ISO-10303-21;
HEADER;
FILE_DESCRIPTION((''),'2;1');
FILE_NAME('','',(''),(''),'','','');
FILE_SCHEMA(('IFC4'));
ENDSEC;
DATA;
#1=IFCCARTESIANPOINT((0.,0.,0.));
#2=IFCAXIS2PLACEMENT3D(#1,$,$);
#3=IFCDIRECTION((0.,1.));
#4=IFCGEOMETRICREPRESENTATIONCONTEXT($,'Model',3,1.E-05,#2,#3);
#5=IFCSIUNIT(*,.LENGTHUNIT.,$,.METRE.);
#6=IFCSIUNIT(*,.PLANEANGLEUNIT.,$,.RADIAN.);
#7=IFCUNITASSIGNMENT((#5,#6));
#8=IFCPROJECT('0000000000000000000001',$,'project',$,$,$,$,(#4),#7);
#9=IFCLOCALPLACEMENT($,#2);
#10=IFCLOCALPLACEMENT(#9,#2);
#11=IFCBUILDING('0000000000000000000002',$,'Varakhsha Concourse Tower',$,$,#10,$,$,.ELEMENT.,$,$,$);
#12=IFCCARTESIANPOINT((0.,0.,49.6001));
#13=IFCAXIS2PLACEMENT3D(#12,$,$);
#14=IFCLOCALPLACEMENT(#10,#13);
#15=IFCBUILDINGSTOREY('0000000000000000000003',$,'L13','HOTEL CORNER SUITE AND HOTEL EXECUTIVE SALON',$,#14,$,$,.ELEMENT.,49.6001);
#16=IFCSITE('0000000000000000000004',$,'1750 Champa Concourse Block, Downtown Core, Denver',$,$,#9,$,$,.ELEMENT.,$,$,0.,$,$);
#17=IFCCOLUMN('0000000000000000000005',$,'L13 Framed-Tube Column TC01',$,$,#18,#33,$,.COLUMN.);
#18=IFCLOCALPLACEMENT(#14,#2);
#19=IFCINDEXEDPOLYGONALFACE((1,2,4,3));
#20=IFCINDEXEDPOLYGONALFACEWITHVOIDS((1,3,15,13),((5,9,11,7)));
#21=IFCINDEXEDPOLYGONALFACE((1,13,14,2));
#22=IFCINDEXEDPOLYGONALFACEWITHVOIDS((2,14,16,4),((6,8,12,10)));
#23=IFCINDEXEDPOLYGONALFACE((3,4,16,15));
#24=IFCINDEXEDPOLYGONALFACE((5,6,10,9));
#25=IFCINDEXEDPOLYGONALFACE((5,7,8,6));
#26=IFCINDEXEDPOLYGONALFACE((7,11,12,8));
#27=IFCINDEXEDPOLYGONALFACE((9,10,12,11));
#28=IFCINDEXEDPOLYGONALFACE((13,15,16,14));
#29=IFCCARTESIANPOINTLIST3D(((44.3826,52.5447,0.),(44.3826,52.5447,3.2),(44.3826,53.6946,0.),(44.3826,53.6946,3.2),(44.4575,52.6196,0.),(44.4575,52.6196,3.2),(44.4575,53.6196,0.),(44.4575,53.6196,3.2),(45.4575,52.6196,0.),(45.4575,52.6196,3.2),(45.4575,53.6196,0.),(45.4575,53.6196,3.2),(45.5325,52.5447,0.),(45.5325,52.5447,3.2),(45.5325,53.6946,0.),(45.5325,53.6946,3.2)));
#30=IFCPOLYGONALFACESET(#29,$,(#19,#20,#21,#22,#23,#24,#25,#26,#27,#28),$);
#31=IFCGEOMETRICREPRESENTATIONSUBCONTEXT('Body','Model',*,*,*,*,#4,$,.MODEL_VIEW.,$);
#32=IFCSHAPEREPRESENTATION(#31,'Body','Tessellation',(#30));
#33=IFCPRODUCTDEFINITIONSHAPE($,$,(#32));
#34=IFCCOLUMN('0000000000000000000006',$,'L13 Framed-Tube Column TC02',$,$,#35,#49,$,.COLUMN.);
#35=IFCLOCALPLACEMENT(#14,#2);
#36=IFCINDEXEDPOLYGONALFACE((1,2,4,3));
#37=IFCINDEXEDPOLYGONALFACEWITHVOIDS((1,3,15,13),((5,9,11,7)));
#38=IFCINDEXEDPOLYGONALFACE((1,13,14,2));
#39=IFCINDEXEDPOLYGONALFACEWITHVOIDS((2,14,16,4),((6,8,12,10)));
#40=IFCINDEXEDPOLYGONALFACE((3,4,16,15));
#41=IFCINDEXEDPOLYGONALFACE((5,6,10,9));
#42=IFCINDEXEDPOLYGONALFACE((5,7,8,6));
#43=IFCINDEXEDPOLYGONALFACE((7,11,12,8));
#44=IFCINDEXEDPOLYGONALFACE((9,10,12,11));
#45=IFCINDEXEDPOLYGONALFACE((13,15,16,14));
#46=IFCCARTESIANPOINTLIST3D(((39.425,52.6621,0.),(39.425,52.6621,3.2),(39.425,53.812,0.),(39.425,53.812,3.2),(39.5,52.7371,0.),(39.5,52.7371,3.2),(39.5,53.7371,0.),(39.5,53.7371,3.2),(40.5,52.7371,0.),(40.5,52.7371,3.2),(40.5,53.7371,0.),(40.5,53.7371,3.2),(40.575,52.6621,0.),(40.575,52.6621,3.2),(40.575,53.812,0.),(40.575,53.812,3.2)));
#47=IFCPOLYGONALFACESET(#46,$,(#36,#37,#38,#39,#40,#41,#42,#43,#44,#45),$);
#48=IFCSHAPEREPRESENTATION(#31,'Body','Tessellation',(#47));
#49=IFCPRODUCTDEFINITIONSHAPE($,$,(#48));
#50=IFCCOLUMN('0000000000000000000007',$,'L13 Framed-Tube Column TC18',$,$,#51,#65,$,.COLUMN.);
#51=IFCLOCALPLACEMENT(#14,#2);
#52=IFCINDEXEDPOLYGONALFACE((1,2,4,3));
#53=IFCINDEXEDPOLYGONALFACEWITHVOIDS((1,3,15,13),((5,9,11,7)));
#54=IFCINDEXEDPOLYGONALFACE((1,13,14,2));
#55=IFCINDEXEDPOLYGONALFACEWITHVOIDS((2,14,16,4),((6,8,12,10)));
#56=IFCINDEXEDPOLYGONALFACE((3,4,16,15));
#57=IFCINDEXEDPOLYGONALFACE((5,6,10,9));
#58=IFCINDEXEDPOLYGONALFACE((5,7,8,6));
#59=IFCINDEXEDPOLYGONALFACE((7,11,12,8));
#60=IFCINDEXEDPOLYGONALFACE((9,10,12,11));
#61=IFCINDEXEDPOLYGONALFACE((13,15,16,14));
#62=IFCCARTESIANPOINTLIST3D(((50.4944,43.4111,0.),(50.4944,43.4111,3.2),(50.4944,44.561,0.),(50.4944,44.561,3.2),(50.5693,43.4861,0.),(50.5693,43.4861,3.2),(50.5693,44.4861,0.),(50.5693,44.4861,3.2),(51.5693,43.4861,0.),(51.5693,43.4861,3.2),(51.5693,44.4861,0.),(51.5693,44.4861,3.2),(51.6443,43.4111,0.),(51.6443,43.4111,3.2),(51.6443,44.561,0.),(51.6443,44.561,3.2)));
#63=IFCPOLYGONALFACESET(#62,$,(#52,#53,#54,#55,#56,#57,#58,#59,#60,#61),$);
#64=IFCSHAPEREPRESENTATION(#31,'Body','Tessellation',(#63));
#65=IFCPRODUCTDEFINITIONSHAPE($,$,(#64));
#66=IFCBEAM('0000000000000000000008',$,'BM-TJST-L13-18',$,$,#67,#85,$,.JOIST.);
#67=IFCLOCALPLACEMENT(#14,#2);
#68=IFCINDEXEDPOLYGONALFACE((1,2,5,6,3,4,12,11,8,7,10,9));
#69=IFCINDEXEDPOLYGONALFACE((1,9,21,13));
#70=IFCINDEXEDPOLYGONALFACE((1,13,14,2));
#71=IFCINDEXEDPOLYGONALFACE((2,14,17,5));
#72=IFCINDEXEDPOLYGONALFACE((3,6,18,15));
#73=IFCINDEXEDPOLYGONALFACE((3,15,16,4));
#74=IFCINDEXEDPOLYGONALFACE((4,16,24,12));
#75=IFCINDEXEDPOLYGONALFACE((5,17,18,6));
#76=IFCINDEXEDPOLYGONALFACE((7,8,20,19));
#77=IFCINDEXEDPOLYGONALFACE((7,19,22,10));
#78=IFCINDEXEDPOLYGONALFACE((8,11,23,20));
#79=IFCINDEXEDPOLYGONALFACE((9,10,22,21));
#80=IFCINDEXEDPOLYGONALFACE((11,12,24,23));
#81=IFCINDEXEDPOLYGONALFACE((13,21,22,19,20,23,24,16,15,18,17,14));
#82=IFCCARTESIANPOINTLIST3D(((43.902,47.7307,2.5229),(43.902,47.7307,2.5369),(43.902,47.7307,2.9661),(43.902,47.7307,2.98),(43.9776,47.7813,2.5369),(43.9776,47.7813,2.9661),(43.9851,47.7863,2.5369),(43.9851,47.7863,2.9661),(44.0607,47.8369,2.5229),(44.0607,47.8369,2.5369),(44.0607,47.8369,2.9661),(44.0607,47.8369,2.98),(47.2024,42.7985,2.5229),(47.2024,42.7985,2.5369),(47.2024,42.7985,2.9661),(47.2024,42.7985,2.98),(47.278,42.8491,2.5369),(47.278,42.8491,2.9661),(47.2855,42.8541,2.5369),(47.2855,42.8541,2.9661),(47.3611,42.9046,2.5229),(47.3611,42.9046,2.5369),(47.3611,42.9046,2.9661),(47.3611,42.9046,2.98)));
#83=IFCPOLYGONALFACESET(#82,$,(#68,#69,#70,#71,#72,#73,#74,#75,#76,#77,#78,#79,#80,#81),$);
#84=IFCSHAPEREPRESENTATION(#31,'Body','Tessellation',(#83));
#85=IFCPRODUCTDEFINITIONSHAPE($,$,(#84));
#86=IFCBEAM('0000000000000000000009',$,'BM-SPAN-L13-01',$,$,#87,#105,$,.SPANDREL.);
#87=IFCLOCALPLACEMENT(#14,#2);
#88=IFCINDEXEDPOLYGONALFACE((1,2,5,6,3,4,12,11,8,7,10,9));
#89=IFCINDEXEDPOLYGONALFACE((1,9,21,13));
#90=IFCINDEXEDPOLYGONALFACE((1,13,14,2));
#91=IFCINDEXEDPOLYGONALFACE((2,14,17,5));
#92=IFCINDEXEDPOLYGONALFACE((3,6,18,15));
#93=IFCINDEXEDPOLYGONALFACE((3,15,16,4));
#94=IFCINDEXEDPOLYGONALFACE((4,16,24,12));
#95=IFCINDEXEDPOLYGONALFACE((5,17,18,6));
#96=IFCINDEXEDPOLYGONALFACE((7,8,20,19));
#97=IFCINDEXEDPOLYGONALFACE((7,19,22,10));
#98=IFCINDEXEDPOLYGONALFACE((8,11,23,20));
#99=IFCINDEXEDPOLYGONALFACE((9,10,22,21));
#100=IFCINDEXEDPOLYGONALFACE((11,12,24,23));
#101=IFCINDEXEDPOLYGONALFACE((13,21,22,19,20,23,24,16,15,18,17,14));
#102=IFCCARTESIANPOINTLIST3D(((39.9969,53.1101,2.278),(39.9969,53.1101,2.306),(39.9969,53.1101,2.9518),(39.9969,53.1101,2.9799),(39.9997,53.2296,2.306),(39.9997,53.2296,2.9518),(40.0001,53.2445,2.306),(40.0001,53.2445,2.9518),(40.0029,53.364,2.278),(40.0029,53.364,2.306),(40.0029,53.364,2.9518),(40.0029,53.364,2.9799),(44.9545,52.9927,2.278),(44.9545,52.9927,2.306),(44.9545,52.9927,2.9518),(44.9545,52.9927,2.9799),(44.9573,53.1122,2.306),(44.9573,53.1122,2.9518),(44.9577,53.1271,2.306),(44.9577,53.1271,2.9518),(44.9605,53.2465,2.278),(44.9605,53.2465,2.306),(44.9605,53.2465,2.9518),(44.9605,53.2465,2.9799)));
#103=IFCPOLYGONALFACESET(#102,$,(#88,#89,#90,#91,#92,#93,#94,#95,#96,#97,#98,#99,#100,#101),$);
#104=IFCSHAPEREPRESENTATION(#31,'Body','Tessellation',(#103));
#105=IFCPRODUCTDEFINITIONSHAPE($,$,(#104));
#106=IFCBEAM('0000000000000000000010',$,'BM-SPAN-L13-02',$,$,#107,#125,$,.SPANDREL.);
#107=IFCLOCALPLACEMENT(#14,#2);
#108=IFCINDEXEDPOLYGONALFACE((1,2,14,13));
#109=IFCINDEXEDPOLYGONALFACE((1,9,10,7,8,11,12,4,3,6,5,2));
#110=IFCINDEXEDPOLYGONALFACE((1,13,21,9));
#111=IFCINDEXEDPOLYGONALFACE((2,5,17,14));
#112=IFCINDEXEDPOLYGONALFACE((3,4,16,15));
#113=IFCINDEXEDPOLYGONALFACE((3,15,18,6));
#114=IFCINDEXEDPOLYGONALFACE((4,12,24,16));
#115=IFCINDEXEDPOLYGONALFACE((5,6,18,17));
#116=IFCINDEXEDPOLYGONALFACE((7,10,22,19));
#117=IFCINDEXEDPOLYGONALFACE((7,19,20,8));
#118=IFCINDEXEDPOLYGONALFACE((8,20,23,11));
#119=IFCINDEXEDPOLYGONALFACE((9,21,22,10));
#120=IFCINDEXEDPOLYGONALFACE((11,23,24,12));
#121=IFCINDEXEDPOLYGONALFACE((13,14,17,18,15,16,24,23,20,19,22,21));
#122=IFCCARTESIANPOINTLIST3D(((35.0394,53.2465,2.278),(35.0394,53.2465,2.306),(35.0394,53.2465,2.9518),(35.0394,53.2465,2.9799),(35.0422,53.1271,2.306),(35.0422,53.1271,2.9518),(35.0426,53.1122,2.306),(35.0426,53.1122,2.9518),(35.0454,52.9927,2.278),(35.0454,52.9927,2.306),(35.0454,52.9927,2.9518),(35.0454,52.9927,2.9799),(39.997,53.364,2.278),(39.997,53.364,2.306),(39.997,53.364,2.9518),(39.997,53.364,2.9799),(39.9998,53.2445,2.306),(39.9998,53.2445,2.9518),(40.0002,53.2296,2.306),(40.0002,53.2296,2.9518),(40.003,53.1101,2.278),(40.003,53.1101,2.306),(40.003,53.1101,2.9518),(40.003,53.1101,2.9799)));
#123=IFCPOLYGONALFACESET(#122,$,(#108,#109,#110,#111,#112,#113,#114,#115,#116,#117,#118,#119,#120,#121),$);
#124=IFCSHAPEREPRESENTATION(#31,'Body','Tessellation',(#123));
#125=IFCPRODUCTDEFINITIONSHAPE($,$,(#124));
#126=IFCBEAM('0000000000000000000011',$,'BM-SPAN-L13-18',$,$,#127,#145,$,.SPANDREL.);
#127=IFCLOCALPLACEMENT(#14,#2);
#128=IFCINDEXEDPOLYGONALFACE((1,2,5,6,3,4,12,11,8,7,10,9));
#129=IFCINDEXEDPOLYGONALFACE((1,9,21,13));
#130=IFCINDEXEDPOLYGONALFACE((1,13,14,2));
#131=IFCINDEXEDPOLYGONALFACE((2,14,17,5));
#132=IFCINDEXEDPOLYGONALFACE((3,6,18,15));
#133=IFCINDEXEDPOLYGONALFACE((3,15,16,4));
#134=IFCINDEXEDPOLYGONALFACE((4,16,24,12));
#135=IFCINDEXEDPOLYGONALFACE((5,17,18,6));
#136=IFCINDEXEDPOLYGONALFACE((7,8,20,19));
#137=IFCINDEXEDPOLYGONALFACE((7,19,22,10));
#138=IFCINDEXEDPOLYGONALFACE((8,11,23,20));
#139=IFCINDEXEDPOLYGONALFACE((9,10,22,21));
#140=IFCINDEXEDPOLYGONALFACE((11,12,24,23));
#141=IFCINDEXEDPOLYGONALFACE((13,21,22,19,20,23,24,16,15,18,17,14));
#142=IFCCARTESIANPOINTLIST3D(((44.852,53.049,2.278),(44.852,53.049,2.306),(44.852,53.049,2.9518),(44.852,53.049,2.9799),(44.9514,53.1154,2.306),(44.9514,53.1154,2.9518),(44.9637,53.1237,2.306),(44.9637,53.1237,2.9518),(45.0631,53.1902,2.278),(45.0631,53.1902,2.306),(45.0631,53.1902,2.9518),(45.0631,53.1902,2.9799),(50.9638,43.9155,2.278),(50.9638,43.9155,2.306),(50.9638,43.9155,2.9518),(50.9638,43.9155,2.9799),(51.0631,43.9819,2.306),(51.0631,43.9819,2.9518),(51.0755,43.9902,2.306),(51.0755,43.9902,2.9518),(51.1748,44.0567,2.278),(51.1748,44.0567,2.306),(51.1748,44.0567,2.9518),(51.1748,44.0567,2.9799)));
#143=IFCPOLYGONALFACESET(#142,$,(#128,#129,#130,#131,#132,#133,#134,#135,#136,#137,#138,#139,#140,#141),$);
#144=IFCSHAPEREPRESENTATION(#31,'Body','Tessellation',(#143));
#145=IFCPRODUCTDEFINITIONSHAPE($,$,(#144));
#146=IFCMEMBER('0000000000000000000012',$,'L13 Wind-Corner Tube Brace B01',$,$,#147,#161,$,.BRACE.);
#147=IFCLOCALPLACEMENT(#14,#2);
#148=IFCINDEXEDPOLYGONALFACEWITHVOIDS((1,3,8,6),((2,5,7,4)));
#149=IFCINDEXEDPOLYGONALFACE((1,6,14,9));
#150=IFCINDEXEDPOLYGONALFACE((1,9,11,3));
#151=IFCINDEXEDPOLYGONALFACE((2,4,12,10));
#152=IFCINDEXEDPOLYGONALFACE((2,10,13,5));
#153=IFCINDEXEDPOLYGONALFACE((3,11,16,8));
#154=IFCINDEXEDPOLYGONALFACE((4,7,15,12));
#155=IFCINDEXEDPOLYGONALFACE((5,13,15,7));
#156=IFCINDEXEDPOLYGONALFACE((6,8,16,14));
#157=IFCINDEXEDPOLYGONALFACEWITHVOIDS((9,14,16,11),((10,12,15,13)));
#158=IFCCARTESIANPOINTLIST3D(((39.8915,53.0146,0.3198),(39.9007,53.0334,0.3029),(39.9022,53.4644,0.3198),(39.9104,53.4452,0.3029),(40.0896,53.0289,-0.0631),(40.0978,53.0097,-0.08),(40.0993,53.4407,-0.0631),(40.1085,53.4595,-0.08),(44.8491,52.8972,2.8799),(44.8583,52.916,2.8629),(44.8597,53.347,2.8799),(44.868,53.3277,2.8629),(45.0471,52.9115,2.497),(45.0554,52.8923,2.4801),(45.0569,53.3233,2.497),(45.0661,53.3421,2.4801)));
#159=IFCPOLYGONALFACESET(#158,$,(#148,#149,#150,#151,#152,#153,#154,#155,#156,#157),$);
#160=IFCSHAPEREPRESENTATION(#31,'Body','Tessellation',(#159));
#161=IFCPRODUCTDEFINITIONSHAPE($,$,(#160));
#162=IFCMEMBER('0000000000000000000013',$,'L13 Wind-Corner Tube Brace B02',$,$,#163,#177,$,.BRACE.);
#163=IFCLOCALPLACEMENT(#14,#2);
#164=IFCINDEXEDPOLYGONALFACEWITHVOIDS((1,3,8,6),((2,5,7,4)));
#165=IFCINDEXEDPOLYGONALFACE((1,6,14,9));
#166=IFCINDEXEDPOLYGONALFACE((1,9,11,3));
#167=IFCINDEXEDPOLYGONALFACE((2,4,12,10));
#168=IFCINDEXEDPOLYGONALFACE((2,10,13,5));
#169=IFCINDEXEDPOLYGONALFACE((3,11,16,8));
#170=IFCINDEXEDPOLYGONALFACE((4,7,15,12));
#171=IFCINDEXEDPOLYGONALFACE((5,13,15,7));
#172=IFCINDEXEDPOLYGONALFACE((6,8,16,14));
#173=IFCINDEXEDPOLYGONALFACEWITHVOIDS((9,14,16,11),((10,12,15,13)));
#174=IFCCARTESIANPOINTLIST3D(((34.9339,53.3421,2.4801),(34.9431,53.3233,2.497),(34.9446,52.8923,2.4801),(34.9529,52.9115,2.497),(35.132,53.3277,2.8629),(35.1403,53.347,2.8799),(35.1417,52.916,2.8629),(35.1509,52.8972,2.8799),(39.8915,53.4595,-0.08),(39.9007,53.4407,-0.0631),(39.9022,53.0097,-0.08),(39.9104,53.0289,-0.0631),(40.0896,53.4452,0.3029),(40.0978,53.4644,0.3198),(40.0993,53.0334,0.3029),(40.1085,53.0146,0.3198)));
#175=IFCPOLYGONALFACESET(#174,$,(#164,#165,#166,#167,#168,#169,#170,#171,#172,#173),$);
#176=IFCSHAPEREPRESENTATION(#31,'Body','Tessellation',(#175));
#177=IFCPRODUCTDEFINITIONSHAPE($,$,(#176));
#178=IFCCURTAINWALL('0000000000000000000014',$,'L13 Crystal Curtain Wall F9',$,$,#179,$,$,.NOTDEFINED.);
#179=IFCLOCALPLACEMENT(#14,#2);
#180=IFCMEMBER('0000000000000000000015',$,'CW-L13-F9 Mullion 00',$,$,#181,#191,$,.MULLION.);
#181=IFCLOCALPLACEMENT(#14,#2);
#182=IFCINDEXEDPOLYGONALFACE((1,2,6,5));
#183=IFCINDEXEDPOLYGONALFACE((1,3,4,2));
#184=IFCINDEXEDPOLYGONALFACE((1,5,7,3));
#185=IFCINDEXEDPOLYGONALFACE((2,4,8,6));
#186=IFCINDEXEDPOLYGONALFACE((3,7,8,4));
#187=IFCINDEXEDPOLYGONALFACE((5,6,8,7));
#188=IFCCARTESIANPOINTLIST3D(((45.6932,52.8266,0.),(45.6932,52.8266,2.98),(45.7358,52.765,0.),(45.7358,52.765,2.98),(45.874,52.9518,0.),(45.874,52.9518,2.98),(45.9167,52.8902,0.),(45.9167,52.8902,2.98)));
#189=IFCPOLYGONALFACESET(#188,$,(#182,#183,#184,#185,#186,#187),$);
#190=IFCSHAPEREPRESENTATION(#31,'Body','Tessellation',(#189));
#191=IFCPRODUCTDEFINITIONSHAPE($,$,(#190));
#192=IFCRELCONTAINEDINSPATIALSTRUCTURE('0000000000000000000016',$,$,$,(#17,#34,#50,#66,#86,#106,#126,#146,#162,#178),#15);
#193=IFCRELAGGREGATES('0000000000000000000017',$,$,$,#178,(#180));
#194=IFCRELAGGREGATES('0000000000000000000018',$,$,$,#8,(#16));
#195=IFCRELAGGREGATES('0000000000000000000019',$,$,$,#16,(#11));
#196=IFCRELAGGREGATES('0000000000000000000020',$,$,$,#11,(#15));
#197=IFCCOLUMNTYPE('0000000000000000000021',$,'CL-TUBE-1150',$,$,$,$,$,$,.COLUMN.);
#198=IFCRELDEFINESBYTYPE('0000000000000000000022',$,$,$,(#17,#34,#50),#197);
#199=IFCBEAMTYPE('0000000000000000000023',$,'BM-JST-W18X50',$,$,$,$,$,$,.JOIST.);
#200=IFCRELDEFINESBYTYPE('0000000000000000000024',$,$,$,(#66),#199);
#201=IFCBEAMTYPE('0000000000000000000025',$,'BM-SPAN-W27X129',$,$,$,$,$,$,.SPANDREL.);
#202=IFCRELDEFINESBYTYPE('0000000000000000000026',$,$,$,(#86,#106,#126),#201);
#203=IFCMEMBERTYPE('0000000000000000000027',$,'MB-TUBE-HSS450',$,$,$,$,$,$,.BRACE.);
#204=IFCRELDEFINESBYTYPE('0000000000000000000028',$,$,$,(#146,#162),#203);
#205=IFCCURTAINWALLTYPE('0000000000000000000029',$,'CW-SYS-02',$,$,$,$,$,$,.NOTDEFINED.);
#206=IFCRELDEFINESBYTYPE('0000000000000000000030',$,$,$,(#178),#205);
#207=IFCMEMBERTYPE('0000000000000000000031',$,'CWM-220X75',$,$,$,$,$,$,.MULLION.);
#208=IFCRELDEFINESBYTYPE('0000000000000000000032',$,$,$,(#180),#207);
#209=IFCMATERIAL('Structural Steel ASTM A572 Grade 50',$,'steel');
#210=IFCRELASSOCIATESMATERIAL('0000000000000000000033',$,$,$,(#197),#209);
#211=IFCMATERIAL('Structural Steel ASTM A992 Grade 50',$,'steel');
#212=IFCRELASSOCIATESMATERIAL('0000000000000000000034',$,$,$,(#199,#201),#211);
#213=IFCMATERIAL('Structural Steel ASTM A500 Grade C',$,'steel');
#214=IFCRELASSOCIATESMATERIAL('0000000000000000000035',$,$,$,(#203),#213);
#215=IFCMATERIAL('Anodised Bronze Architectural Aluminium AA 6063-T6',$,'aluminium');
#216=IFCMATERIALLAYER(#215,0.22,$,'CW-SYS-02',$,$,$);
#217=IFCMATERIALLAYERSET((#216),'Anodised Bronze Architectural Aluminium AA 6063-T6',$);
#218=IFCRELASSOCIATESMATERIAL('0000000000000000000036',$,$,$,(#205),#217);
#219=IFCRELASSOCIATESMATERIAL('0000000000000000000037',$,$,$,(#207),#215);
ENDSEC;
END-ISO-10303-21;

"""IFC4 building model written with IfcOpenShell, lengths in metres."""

from ifc_helpers import new_model, si_unit, direction, frame, origin, origin_2d, place, context, subcontext, project, spatial, rectangle, hollow_rectangle, i_section, extrude, source, transform, mapped, material, layer, layer_set, material_profile, profile_set, type_object, type_shapes, element, aggregate, save


model = new_model("IFC4")

# Units and contexts
model_context = context("Model", 3, precision=1e-05, world=origin(), true_north=direction((0.0, 1.0)))
body_context = subcontext(model_context, "Body", "Model", "MODEL_VIEW")
ifc_project = project(units=[si_unit("LENGTHUNIT", "METRE"), si_unit("PLANEANGLEUNIT", "RADIAN")], contexts=[model_context])

# Site, building, storey
site_placement = place(None, origin())
site = spatial("IfcSite", under=ifc_project, at=site_placement, Name="1750 Champa Concourse Block, Downtown Core, Denver", CompositionType="ELEMENT", RefElevation=0.0)
building_placement = place(site_placement, origin())
building = spatial("IfcBuilding", under=site, at=building_placement, Name="Varakhsha Concourse Tower", CompositionType="ELEMENT")
storey_placement = place(building_placement, frame((0.0, 0.0, 49.6001)))
storey = spatial("IfcBuildingStorey", under=building, at=storey_placement, Name="L13", Description="HOTEL CORNER SUITE AND HOTEL EXECUTIVE SALON", CompositionType="ELEMENT", Elevation=49.6001)

# Columns
ifc_material_1 = material(Name="Structural Steel ASTM A572 Grade 50", Category="steel")
ifc_material_profile_1 = material_profile(ifc_material_1, hollow_rectangle(XDim=1.1499, YDim=1.1499, WallThickness=0.075, at=origin_2d()), Name="BOX 1150x1150x75")
ifc_profile_set_1 = profile_set([ifc_material_profile_1], Name="Structural Steel ASTM A572 Grade 50")
column_type = type_object("IfcColumnType", Name="CL-TUBE-1150", PredefinedType="COLUMN", material=ifc_profile_set_1)
for number, where, z_axis, x_axis, name in (
    (1, (44.9575, 53.1196, 0.0), (0.0, 0.0, 1.0), (1.0, 0.0, 0.0), "L13 Framed-Tube Column TC01"),
    (2, (40.0, 53.2371, 0.0), (0.0, 0.0, 1.0), (1.0, 0.0, 0.0), "L13 Framed-Tube Column TC02"),
    (3, (51.0693, 43.9861, 0.0), (0.0, 0.0, 1.0), (1.0, 0.0, 0.0), "L13 Framed-Tube Column TC18"),
):
    element("IfcColumn", number, at=place(storey_placement, frame(where, z_axis=z_axis, x_axis=x_axis)), inside=storey, type_object=column_type, Name=name, PredefinedType="COLUMN", context=body_context, shape_type="SweptSolid", body=[
        extrude(hollow_rectangle(XDim=1.1499, YDim=1.1499, WallThickness=0.075, at=origin_2d()), origin(), (0.0, 0.0, 1.0), 3.2),
    ])

# Beams
ifc_material_2 = material(Name="Structural Steel ASTM A992 Grade 50", Category="steel")
ifc_material_profile_2 = material_profile(ifc_material_2, i_section(OverallWidth=0.1909, OverallDepth=0.457, WebThickness=0.009, FlangeThickness=0.0139, at=origin_2d()), Name="W18X50")
ifc_profile_set_2 = profile_set([ifc_material_profile_2], Name="Structural Steel ASTM A992 Grade 50")
beam_type_1 = type_object("IfcBeamType", Name="BM-JST-W18X50", PredefinedType="JOIST", material=ifc_profile_set_2)
beam_1_placement = place(storey_placement, frame((47.2817, 42.8516, 2.7515), z_axis=(-0.556123, 0.8311, 0.0), x_axis=(-0.8311, -0.556123, 0.0)))
element("IfcBeam", 4, at=beam_1_placement, inside=storey, type_object=beam_type_1, Name="BM-TJST-L13-18", PredefinedType="JOIST", context=body_context, shape_type="SweptSolid", body=[
    extrude(i_section(OverallWidth=0.1909, OverallDepth=0.457, WebThickness=0.009, FlangeThickness=0.0139, at=origin_2d()), origin(), (0.0, 0.0, 1.0), 5.9346),
])
ifc_material_profile_3 = material_profile(ifc_material_2, i_section(OverallWidth=0.2539, OverallDepth=0.7019, WebThickness=0.0149, FlangeThickness=0.0281, at=origin_2d()), Name="W27X129")
ifc_profile_set_3 = profile_set([ifc_material_profile_3], Name="Structural Steel ASTM A992 Grade 50")
beam_type_2 = type_object("IfcBeamType", Name="BM-SPAN-W27X129", PredefinedType="SPANDREL", material=ifc_profile_set_3)
for number, where, z_axis, x_axis, name in (
    (5, (44.9575, 53.1196, 2.6289), (-0.99972, 0.023681, 0.0), (-0.023681, -0.99972, 0.0), "BM-SPAN-L13-01"),
    (6, (40.0, 53.2371, 2.6289), (-0.99972, -0.023681, 0.0), (0.023681, -0.99972, 0.0), "BM-SPAN-L13-02"),
):
    element("IfcBeam", number, at=place(storey_placement, frame(where, z_axis=z_axis, x_axis=x_axis)), inside=storey, type_object=beam_type_2, Name=name, PredefinedType="SPANDREL", context=body_context, shape_type="SweptSolid", body=[
        extrude(i_section(OverallWidth=0.2539, OverallDepth=0.7019, WebThickness=0.0149, FlangeThickness=0.0281, at=origin_2d()), origin(), (0.0, 0.0, 1.0), 4.959),
    ])
beam_2_placement = place(storey_placement, frame((51.0693, 43.9861, 2.6289), z_axis=(-0.556135, 0.831092, 0.0), x_axis=(-0.831092, -0.556135, 0.0)))
element("IfcBeam", 7, at=beam_2_placement, inside=storey, type_object=beam_type_2, Name="BM-SPAN-L13-18", PredefinedType="SPANDREL", context=body_context, shape_type="SweptSolid", body=[
    extrude(i_section(OverallWidth=0.2539, OverallDepth=0.7019, WebThickness=0.0149, FlangeThickness=0.0281, at=origin_2d()), origin(), (0.0, 0.0, 1.0), 10.9897),
])

# Members
ifc_material_3 = material(Name="Structural Steel ASTM A500 Grade C", Category="steel")
ifc_material_profile_4 = material_profile(ifc_material_3, hollow_rectangle(XDim=0.45, YDim=0.45, WallThickness=0.019, at=origin_2d()), Name="HSS 450x450x19")
ifc_profile_set_4 = profile_set([ifc_material_profile_4], Name="Structural Steel ASTM A500 Grade C")
member_type_1 = type_object("IfcMemberType", Name="MB-TUBE-HSS450", PredefinedType="BRACE", material=ifc_profile_set_4)
shared_shape_1 = source(origin(), body_context, "Body", "SweptSolid", [
    extrude(hollow_rectangle(XDim=0.45, YDim=0.45, WallThickness=0.019, at=origin_2d()), origin(), (0.0, 0.0, 1.0), 5.5808),
])
type_shapes(member_type_1, [shared_shape_1])
for number, where, z_axis, x_axis, name in (
    (8, (40.0, 53.2371, 0.1199), (0.888326, -0.021042, 0.458731), (0.023681, 0.99972, 0.0), "L13 Wind-Corner Tube Brace B01"),
    (9, (40.0, 53.2371, 0.1199), (-0.888326, -0.021042, 0.458731), (0.023681, -0.99972, 0.0), "L13 Wind-Corner Tube Brace B02"),
):
    element("IfcMember", number, at=place(storey_placement, frame(where, z_axis=z_axis, x_axis=x_axis)), inside=storey, type_object=member_type_1, Name=name, PredefinedType="BRACE", context=body_context, shape_type="MappedRepresentation", body=[
        mapped(shared_shape_1, transform((0.0, 0.0, 0.0), scale=1.0)),
    ])

# Curtain wall, member
ifc_material_4 = material(Name="Anodised Bronze Architectural Aluminium AA 6063-T6", Category="aluminium")
ifc_layer_1 = layer(ifc_material_4, 0.22, Name="CW-SYS-02")
ifc_layer_set_1 = layer_set([ifc_layer_1], Name="Anodised Bronze Architectural Aluminium AA 6063-T6")
curtain_wall_type = type_object("IfcCurtainWallType", Name="CW-SYS-02", PredefinedType="NOTDEFINED", material=ifc_layer_set_1)
curtain_wall_placement = place(storey_placement, origin())
curtain_wall = element("IfcCurtainWall", 10, at=curtain_wall_placement, inside=storey, type_object=curtain_wall_type, Name="L13 Crystal Curtain Wall F9", PredefinedType="NOTDEFINED")
ifc_material_profile_5 = material_profile(ifc_material_4, rectangle(XDim=0.075, YDim=0.22, at=origin_2d()), Name="CWM-220X75")
ifc_profile_set_5 = profile_set([ifc_material_profile_5], Name="Anodised Bronze Architectural Aluminium AA 6063-T6")
member_type_2 = type_object("IfcMemberType", Name="CWM-220X75", PredefinedType="MULLION", material=ifc_profile_set_5)
shared_shape_2 = source(origin(), body_context, "Body", "SweptSolid", [
    extrude(rectangle(XDim=0.075, YDim=0.22, at=origin_2d()), origin(), (0.0, 0.0, 1.0), 2.98),
])
type_shapes(member_type_2, [shared_shape_2])
member_1_placement = place(storey_placement, frame((45.8049, 52.8584, 0.0), z_axis=(0.0, 0.0, 1.0), x_axis=(0.569057, -0.822298, 0.0)))
member_1 = element("IfcMember", 11, at=member_1_placement, type_object=member_type_2, Name="CW-L13-F9 Mullion 00", PredefinedType="MULLION", context=body_context, shape_type="MappedRepresentation", body=[
    mapped(shared_shape_2, transform((0.0, 0.0, 0.0), scale=1.0)),
])

aggregate(curtain_wall, [member_1])

save(model, "model.ifc")
